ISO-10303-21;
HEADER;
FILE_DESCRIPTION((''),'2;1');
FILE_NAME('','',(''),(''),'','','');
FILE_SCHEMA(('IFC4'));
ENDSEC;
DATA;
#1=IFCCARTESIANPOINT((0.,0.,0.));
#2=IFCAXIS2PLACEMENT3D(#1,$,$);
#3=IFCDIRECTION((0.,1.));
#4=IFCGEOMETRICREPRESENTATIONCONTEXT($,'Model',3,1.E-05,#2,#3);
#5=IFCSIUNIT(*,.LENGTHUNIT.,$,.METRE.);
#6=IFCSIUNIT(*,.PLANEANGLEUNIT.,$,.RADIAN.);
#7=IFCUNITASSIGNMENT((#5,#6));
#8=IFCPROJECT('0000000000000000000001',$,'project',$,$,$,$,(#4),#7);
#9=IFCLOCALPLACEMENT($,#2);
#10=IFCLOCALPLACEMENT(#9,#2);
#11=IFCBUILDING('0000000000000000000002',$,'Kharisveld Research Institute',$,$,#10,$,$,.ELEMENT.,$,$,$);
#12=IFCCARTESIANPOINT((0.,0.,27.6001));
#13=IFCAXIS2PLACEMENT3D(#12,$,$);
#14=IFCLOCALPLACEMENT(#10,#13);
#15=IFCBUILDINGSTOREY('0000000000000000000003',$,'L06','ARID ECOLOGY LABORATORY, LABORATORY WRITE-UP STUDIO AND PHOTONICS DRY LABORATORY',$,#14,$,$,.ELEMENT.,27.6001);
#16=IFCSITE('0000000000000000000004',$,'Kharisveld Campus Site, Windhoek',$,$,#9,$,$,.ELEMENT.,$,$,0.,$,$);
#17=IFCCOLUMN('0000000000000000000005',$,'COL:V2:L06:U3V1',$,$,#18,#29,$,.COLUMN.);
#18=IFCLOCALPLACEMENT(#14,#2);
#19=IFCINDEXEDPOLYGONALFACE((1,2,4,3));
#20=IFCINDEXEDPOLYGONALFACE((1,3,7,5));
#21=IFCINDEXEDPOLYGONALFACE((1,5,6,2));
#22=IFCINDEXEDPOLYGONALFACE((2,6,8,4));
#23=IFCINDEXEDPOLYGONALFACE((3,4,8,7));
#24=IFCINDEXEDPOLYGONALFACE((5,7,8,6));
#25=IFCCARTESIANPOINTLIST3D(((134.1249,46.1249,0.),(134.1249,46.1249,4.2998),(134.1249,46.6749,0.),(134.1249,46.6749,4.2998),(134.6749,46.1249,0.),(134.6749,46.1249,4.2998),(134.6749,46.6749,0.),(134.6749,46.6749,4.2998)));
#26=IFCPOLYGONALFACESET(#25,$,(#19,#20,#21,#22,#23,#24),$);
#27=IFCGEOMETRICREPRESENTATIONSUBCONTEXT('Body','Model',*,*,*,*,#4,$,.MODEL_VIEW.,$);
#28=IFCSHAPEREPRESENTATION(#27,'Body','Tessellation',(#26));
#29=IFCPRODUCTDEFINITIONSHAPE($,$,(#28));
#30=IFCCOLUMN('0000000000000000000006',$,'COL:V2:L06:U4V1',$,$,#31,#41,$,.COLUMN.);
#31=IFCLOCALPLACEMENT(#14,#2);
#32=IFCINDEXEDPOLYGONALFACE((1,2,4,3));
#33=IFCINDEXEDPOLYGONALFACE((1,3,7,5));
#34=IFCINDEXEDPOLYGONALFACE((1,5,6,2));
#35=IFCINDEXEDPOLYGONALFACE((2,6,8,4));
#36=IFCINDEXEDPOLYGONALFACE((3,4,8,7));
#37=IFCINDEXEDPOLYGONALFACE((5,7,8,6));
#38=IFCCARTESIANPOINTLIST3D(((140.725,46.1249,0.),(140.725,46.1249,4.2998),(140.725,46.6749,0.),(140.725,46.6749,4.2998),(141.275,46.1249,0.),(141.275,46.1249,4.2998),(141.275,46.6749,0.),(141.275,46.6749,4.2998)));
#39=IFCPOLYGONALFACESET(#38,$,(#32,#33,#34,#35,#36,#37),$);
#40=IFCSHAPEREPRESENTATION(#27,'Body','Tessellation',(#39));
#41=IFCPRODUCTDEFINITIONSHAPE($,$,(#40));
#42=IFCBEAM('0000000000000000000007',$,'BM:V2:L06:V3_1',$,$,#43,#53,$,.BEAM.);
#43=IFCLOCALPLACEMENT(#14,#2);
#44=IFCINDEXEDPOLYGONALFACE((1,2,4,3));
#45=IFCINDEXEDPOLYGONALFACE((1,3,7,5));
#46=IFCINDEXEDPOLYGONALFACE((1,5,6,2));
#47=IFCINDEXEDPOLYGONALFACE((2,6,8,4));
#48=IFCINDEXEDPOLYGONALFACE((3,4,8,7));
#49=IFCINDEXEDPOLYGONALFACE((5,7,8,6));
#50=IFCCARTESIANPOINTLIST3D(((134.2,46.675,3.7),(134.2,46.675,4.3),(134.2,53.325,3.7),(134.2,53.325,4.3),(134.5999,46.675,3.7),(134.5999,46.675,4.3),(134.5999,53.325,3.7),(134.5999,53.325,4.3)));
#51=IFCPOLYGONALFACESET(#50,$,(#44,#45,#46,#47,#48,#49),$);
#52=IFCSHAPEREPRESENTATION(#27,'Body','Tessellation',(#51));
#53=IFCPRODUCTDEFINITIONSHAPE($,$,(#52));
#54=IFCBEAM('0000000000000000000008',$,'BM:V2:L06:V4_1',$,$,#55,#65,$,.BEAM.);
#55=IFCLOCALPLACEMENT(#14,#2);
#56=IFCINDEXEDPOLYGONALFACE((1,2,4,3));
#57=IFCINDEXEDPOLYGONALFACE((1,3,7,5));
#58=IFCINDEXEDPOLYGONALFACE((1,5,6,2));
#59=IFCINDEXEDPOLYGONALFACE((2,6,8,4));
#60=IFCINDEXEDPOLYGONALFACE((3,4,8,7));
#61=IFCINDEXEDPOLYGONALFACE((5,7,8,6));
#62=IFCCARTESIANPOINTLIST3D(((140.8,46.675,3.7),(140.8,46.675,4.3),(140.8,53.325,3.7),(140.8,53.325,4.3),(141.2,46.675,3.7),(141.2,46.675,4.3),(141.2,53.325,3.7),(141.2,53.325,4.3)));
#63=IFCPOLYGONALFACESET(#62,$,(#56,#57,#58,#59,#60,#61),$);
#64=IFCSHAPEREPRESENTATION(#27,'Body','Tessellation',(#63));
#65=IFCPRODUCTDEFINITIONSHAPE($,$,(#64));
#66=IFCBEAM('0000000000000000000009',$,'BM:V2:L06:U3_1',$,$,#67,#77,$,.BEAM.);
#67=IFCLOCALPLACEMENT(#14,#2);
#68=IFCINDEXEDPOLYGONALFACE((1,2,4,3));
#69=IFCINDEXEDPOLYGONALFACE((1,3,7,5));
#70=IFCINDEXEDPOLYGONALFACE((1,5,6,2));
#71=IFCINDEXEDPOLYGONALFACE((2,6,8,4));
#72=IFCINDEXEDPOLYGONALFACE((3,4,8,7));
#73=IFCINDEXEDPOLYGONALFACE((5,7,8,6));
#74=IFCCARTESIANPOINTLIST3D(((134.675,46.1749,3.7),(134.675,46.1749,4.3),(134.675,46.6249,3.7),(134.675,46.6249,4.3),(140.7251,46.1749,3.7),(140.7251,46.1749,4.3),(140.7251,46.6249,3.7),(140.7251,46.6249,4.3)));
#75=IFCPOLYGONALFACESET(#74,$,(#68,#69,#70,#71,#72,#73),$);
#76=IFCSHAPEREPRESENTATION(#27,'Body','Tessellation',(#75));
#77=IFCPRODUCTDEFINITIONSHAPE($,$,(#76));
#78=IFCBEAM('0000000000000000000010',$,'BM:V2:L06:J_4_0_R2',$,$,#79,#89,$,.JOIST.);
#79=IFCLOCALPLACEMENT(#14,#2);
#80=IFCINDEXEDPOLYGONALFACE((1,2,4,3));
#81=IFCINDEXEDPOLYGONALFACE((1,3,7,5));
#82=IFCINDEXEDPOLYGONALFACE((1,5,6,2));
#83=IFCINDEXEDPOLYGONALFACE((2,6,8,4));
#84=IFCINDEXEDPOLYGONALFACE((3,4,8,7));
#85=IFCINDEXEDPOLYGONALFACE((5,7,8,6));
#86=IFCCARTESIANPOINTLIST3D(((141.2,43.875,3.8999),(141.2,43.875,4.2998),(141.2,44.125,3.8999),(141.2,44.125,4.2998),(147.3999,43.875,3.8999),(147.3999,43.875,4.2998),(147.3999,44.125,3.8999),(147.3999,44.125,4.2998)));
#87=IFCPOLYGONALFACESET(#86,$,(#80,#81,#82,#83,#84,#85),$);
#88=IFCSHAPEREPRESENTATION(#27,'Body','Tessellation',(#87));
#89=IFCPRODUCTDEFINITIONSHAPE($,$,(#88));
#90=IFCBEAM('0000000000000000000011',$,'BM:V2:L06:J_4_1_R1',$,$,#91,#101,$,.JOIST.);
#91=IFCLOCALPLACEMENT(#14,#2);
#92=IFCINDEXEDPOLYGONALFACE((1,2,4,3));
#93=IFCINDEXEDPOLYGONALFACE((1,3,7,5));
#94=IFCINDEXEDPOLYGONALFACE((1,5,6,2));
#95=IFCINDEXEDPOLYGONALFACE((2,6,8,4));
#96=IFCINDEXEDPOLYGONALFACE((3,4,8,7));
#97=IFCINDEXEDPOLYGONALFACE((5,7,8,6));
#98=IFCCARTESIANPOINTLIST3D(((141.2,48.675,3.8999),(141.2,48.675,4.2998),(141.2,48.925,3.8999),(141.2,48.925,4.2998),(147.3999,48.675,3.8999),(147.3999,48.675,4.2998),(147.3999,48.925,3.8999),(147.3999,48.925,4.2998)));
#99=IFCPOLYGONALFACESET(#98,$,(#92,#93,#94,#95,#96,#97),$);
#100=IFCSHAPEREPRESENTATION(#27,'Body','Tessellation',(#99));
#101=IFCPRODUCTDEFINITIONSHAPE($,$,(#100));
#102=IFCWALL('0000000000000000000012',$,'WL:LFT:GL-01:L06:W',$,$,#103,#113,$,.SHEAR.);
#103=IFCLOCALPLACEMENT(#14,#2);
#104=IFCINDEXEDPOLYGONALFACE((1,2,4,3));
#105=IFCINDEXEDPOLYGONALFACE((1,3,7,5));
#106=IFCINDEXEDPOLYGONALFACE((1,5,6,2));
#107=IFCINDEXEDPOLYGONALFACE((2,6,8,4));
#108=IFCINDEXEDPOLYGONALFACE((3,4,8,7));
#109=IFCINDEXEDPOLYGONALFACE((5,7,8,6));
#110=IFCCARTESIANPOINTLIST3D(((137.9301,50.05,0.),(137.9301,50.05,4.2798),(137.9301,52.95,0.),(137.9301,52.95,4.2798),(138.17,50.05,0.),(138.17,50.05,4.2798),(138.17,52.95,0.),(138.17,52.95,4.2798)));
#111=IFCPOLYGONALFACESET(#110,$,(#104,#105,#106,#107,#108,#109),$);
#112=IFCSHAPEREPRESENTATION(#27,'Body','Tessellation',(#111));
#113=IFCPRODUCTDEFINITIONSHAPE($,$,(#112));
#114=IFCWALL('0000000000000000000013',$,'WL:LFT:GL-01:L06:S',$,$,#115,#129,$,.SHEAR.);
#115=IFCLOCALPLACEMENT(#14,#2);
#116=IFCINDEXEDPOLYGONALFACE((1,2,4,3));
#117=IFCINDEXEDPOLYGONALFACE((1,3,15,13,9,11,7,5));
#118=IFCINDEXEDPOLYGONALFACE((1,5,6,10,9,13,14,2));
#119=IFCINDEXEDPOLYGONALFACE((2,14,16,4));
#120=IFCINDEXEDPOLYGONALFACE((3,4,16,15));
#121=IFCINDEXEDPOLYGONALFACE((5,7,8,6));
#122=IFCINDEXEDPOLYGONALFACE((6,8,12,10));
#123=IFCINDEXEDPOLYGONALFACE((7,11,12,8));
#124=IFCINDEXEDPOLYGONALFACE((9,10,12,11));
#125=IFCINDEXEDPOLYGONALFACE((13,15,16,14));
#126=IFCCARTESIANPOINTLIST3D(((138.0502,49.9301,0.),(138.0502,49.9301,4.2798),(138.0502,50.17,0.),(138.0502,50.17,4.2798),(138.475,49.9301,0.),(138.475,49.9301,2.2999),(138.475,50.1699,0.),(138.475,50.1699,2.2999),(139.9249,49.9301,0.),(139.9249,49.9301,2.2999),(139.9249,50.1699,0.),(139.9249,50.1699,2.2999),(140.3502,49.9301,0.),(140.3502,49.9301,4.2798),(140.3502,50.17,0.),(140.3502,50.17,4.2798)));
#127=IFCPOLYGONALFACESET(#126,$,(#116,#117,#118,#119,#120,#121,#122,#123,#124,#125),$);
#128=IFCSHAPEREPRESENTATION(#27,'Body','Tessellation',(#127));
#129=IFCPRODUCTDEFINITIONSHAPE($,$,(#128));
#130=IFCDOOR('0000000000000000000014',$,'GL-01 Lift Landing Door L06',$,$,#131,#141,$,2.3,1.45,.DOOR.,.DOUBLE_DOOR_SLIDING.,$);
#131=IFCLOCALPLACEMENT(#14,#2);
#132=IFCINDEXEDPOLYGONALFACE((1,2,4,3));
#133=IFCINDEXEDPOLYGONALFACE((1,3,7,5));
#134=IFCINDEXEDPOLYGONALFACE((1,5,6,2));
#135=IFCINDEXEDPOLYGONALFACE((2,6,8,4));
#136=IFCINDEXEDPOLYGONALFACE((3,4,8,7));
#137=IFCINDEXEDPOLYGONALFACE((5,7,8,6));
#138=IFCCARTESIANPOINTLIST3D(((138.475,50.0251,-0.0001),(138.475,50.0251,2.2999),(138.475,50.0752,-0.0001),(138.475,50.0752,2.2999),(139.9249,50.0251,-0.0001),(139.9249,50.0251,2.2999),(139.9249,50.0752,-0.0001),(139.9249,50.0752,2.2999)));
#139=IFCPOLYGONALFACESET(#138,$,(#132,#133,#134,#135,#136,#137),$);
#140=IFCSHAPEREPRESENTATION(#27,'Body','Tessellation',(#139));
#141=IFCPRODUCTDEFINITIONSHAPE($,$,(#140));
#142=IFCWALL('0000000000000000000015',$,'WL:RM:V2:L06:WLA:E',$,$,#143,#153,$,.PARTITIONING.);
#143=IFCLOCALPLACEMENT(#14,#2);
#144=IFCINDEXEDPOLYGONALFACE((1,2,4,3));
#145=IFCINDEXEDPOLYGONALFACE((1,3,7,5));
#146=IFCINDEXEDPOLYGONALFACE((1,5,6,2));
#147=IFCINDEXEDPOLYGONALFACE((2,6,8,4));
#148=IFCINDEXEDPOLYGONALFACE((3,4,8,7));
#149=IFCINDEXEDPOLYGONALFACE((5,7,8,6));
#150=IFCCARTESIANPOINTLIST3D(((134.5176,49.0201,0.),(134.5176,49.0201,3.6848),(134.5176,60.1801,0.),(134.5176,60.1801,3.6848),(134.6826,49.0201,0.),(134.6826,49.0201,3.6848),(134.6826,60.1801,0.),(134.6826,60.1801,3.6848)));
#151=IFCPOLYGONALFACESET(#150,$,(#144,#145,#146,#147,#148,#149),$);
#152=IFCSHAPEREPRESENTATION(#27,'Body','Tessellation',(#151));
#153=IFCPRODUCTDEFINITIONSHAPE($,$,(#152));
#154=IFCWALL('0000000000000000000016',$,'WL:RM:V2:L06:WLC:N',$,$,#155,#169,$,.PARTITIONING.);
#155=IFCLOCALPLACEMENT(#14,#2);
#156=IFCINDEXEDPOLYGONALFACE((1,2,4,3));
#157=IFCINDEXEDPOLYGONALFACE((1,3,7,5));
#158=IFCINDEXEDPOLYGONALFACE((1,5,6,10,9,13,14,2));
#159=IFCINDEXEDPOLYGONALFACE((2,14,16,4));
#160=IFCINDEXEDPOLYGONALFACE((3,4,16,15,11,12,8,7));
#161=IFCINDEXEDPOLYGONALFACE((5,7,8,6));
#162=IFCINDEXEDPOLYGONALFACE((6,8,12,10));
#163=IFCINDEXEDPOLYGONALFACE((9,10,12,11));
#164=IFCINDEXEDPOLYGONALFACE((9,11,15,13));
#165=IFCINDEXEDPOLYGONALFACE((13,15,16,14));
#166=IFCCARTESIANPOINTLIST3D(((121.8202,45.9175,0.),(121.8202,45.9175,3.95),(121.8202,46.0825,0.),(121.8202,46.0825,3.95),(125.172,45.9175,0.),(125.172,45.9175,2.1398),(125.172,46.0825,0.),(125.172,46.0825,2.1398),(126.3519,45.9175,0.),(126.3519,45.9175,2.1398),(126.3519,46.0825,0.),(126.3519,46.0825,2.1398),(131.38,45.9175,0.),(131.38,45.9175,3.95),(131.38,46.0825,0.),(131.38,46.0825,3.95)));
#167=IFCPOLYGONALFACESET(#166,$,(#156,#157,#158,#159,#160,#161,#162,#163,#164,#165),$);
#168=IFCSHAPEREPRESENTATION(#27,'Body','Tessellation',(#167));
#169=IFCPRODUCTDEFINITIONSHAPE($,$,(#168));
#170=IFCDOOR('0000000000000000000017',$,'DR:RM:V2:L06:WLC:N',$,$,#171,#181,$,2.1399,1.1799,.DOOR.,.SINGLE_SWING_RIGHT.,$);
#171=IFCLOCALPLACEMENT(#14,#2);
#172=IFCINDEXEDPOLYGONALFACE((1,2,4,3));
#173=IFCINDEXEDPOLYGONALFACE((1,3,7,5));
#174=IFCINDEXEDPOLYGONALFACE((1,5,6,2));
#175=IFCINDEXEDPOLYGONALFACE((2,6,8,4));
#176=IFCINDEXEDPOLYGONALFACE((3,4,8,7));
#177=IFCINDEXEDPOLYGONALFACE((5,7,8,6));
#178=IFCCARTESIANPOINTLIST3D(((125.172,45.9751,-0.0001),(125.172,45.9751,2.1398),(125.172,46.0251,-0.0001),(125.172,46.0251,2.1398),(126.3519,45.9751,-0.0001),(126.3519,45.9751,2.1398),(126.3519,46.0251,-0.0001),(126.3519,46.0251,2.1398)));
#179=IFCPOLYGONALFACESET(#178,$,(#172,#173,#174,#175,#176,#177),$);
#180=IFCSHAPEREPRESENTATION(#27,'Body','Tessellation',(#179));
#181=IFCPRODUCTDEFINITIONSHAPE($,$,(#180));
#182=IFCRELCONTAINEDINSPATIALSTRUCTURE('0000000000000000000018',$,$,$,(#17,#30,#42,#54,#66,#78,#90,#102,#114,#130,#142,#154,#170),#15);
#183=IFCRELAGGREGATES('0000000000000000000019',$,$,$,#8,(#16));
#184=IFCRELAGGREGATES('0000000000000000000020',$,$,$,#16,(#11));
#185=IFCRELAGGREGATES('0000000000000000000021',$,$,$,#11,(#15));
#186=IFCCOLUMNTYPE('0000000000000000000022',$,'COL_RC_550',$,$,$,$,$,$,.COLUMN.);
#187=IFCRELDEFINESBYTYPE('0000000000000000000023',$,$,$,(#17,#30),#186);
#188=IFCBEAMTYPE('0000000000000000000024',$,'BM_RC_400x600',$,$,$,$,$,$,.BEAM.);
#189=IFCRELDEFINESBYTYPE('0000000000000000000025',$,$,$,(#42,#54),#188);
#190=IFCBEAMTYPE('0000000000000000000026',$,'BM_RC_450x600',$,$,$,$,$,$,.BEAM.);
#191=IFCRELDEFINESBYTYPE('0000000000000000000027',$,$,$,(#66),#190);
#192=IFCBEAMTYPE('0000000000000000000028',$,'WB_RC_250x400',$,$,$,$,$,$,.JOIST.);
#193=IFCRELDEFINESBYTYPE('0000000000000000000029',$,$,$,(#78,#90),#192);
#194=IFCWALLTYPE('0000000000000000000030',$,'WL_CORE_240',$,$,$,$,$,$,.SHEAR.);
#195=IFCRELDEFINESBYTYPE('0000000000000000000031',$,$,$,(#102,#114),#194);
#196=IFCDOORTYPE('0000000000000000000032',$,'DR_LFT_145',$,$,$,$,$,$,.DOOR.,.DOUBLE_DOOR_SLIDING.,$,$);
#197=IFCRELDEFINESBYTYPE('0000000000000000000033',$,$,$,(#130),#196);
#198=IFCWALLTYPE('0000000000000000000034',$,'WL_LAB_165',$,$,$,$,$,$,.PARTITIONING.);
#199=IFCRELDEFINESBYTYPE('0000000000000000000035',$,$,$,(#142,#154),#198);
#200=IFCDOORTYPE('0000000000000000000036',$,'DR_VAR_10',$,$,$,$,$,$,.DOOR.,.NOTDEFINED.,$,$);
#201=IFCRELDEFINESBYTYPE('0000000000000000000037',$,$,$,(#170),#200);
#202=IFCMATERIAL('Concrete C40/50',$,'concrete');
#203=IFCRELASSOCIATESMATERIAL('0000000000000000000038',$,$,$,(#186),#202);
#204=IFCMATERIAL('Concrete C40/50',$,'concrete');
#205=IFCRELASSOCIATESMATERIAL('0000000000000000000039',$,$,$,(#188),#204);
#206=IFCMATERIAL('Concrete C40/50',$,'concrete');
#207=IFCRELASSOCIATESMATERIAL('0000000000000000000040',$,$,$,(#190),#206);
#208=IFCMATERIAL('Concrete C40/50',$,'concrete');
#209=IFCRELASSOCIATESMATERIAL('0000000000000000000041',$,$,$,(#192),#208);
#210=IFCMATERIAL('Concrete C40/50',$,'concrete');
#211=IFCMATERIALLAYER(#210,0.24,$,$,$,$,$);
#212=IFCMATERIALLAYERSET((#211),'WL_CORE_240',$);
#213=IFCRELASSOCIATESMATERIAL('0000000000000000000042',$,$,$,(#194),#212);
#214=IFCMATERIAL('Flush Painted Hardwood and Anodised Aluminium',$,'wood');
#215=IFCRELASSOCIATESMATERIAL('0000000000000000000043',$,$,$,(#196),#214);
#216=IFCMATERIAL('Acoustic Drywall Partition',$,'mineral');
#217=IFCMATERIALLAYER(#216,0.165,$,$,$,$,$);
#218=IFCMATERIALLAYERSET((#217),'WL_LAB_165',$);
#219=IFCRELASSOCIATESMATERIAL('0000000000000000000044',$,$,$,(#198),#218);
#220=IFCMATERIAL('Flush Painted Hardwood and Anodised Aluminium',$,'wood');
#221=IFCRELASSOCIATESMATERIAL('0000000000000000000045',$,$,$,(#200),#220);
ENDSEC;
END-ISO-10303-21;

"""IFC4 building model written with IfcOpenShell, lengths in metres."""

from ifc_helpers import new_model, si_unit, direction, frame, frame_2d, origin, origin_2d, place, context, subcontext, project, spatial, rectangle, extrude, material, layer, layer_set, material_profile, profile_set, type_object, element, fill, save


model = new_model("IFC4")

# Units and contexts
model_context = context("Model", 3, precision=1e-05, world=origin(), true_north=direction((0.0, 1.0)))
body_context = subcontext(model_context, "Body", "Model", "MODEL_VIEW")
ifc_project = project(units=[si_unit("LENGTHUNIT", "METRE"), si_unit("PLANEANGLEUNIT", "RADIAN")], contexts=[model_context])

# Site, building, storey
site_placement = place(None, origin())
site = spatial("IfcSite", under=ifc_project, at=site_placement, Name="Kharisveld Campus Site, Windhoek", CompositionType="ELEMENT", RefElevation=0.0)
building_placement = place(site_placement, origin())
building = spatial("IfcBuilding", under=site, at=building_placement, Name="Kharisveld Research Institute", CompositionType="ELEMENT")
storey_placement = place(building_placement, frame((0.0, 0.0, 27.6001)))
storey = spatial("IfcBuildingStorey", under=building, at=storey_placement, Name="L06", Description="ARID ECOLOGY LABORATORY, LABORATORY WRITE-UP STUDIO AND PHOTONICS DRY LABORATORY", CompositionType="ELEMENT", Elevation=27.6001)

# Columns
ifc_material_1 = material(Name="Concrete C40/50", Category="concrete")
ifc_material_profile_1 = material_profile(ifc_material_1, rectangle(XDim=0.55, YDim=0.55, at=origin_2d()))
ifc_profile_set_1 = profile_set([ifc_material_profile_1], Name="Concrete C40/50")
column_type = type_object("IfcColumnType", Name="COL_RC_550", PredefinedType="COLUMN", material=ifc_profile_set_1)
for number, where, z_axis, x_axis, name in (
    (1, (134.3999, 46.3999, 0.0), (0.0, 0.0, 1.0), (1.0, 0.0, 0.0), "COL:V2:L06:U3V1"),
    (2, (141.0, 46.3999, 0.0), (0.0, 0.0, 1.0), (1.0, 0.0, 0.0), "COL:V2:L06:U4V1"),
):
    element("IfcColumn", number, at=place(storey_placement, frame(where, z_axis=z_axis, x_axis=x_axis)), inside=storey, type_object=column_type, Name=name, PredefinedType="COLUMN", context=body_context, shape_type="SweptSolid", body=[
        extrude(rectangle(XDim=0.55, YDim=0.55, at=origin_2d()), origin(), (0.0, 0.0, 1.0), 4.2998),
    ])

# Beams
ifc_material_2 = material(Name="Concrete C40/50", Category="concrete")
ifc_material_profile_2 = material_profile(ifc_material_2, rectangle(XDim=0.3999, YDim=0.6001, at=origin_2d()))
ifc_profile_set_2 = profile_set([ifc_material_profile_2], Name="Concrete C40/50")
beam_type_1 = type_object("IfcBeamType", Name="BM_RC_400x600", PredefinedType="BEAM", material=ifc_profile_set_2)
for number, where, z_axis, x_axis, name in (
    (3, (134.3999, 46.675, 4.0), (0.0, 1.0, 0.0), (-1.0, 0.0, 0.0), "BM:V2:L06:V3_1"),
    (4, (141.0, 46.675, 4.0), (0.0, 1.0, 0.0), (-1.0, 0.0, 0.0), "BM:V2:L06:V4_1"),
):
    element("IfcBeam", number, at=place(storey_placement, frame(where, z_axis=z_axis, x_axis=x_axis)), inside=storey, type_object=beam_type_1, Name=name, PredefinedType="BEAM", context=body_context, shape_type="SweptSolid", body=[
        extrude(rectangle(XDim=0.3999, YDim=0.6001, at=origin_2d()), origin(), (0.0, 0.0, 1.0), 6.6499),
    ])
ifc_material_3 = material(Name="Concrete C40/50", Category="concrete")
ifc_material_profile_3 = material_profile(ifc_material_3, rectangle(XDim=0.45, YDim=0.6001, at=origin_2d()))
ifc_profile_set_3 = profile_set([ifc_material_profile_3], Name="Concrete C40/50")
beam_type_2 = type_object("IfcBeamType", Name="BM_RC_450x600", PredefinedType="BEAM", material=ifc_profile_set_3)
beam_placement = place(storey_placement, frame((134.675, 46.3999, 4.0), z_axis=(1.0, 0.0, 0.0), x_axis=(0.0, 1.0, 0.0)))
element("IfcBeam", 5, at=beam_placement, inside=storey, type_object=beam_type_2, Name="BM:V2:L06:U3_1", PredefinedType="BEAM", context=body_context, shape_type="SweptSolid", body=[
    extrude(rectangle(XDim=0.45, YDim=0.6001, at=origin_2d()), origin(), (0.0, 0.0, 1.0), 6.05),
])
ifc_material_4 = material(Name="Concrete C40/50", Category="concrete")
ifc_material_profile_4 = material_profile(ifc_material_4, rectangle(XDim=0.25, YDim=0.3999, at=origin_2d()))
ifc_profile_set_4 = profile_set([ifc_material_profile_4], Name="Concrete C40/50")
beam_type_3 = type_object("IfcBeamType", Name="WB_RC_250x400", PredefinedType="JOIST", material=ifc_profile_set_4)
for number, where, z_axis, x_axis, name in (
    (6, (141.2, 44.0, 4.0999), (1.0, 0.0, 0.0), (0.0, 1.0, 0.0), "BM:V2:L06:J_4_0_R2"),
    (7, (141.2, 48.8, 4.0999), (1.0, 0.0, 0.0), (0.0, 1.0, 0.0), "BM:V2:L06:J_4_1_R1"),
):
    element("IfcBeam", number, at=place(storey_placement, frame(where, z_axis=z_axis, x_axis=x_axis)), inside=storey, type_object=beam_type_3, Name=name, PredefinedType="JOIST", context=body_context, shape_type="SweptSolid", body=[
        extrude(rectangle(XDim=0.25, YDim=0.3999, at=origin_2d()), origin(), (0.0, 0.0, 1.0), 6.2),
    ])

# Wall
ifc_material_5 = material(Name="Concrete C40/50", Category="concrete")
ifc_layer_1 = layer(ifc_material_5, 0.24)
ifc_layer_set_1 = layer_set([ifc_layer_1], Name="WL_CORE_240")
wall_type_1 = type_object("IfcWallType", Name="WL_CORE_240", PredefinedType="SHEAR", material=ifc_layer_set_1)
wall_1_placement = place(storey_placement, frame((138.05, 50.05, 0.0), z_axis=(0.0, 0.0, 1.0), x_axis=(0.0, 1.0, 0.0)))
element("IfcWall", 8, at=wall_1_placement, inside=storey, type_object=wall_type_1, Name="WL:LFT:GL-01:L06:W", PredefinedType="SHEAR", context=body_context, shape_type="SweptSolid", body=[
    extrude(rectangle(XDim=2.8999, YDim=0.24, at=frame_2d((1.45, 0.0))), origin(), (0.0, 0.0, 1.0), 4.2798),
])

# Wall, opening, door
wall_2_placement = place(storey_placement, frame((140.3501, 50.05, 0.0), z_axis=(0.0, 0.0, 1.0), x_axis=(-1.0, 0.0, 0.0)))
wall_2 = element("IfcWall", 9, at=wall_2_placement, inside=storey, type_object=wall_type_1, Name="WL:LFT:GL-01:L06:S", PredefinedType="SHEAR", context=body_context, shape_type="SweptSolid", body=[
    extrude(rectangle(XDim=2.3, YDim=0.24, at=frame_2d((1.1499, 0.0))), origin(), (0.0, 0.0, 1.0), 4.2798),
])
opening_1_placement = place(wall_2_placement, frame((0.425, 0.0, 0.0)))
opening_1 = element("IfcOpeningElement", 10, at=opening_1_placement, cuts=wall_2, PredefinedType="OPENING", context=body_context, shape_type="SweptSolid", body=[
    extrude(rectangle(XDim=1.45, YDim=2.3, at=frame_2d((0.7251, 1.1499))), frame((0.0, 0.1201, 0.0), z_axis=(0.0, -1.0, 0.0), x_axis=(1.0, 0.0, 0.0)), (0.0, 0.0, 1.0), 0.24),
])
ifc_material_6 = material(Name="Flush Painted Hardwood and Anodised Aluminium", Category="wood")
door_type_1 = type_object("IfcDoorType", Name="DR_LFT_145", OperationType="DOUBLE_DOOR_SLIDING", PredefinedType="DOOR", material=ifc_material_6)
door_1_placement = place(opening_1_placement, origin())
door_1 = element("IfcDoor", 11, at=door_1_placement, inside=storey, type_object=door_type_1, Name="GL-01 Lift Landing Door L06", OperationType="DOUBLE_DOOR_SLIDING", OverallHeight=2.3, OverallWidth=1.45, PredefinedType="DOOR", context=body_context, shape_type="SweptSolid", body=[
    extrude(rectangle(XDim=1.45, YDim=2.3, at=frame_2d((0.7251, 1.1499))), frame((0.0, 0.0249, 0.0), z_axis=(0.0, -1.0, 0.0), x_axis=(1.0, 0.0, 0.0)), (0.0, 0.0, 1.0), 0.05),
])
fill(opening_1, door_1)

# Wall
ifc_material_7 = material(Name="Acoustic Drywall Partition", Category="mineral")
ifc_layer_2 = layer(ifc_material_7, 0.165)
ifc_layer_set_2 = layer_set([ifc_layer_2], Name="WL_LAB_165")
wall_type_2 = type_object("IfcWallType", Name="WL_LAB_165", PredefinedType="PARTITIONING", material=ifc_layer_set_2)
wall_3_placement = place(storey_placement, frame((134.6001, 49.02, 0.0), z_axis=(0.0, 0.0, 1.0), x_axis=(0.0, 1.0, 0.0)))
element("IfcWall", 12, at=wall_3_placement, inside=storey, type_object=wall_type_2, Name="WL:RM:V2:L06:WLA:E", PredefinedType="PARTITIONING", context=body_context, shape_type="SweptSolid", body=[
    extrude(rectangle(XDim=11.1599, YDim=0.165, at=frame_2d((5.5801, 0.0))), origin(), (0.0, 0.0, 1.0), 3.6848),
])

# Wall, opening, door
wall_4_placement = place(storey_placement, frame((131.3799, 46.0, 0.0), z_axis=(0.0, 0.0, 1.0), x_axis=(-1.0, 0.0, 0.0)))
wall_4 = element("IfcWall", 13, at=wall_4_placement, inside=storey, type_object=wall_type_2, Name="WL:RM:V2:L06:WLC:N", PredefinedType="PARTITIONING", context=body_context, shape_type="SweptSolid", body=[
    extrude(rectangle(XDim=9.5598, YDim=0.165, at=frame_2d((4.7798, 0.0))), origin(), (0.0, 0.0, 1.0), 3.95),
])
opening_2_placement = place(wall_4_placement, frame((5.0281, 0.0, 0.0)))
opening_2 = element("IfcOpeningElement", 14, at=opening_2_placement, cuts=wall_4, PredefinedType="OPENING", context=body_context, shape_type="SweptSolid", body=[
    extrude(rectangle(XDim=1.1799, YDim=2.1399, at=frame_2d((0.5898, 1.0698))), frame((0.0, 0.0825, 0.0), z_axis=(0.0, -1.0, 0.0), x_axis=(1.0, 0.0, 0.0)), (0.0, 0.0, 1.0), 0.165),
])
ifc_material_8 = material(Name="Flush Painted Hardwood and Anodised Aluminium", Category="wood")
door_type_2 = type_object("IfcDoorType", Name="DR_VAR_10", OperationType="NOTDEFINED", PredefinedType="DOOR", material=ifc_material_8)
door_2_placement = place(opening_2_placement, origin())
door_2 = element("IfcDoor", 15, at=door_2_placement, inside=storey, type_object=door_type_2, Name="DR:RM:V2:L06:WLC:N", OperationType="SINGLE_SWING_RIGHT", OverallHeight=2.1399, OverallWidth=1.1799, PredefinedType="DOOR", context=body_context, shape_type="SweptSolid", body=[
    extrude(rectangle(XDim=1.1799, YDim=2.1399, at=frame_2d((0.5898, 1.0698))), frame((0.0, 0.0249, 0.0), z_axis=(0.0, -1.0, 0.0), x_axis=(1.0, 0.0, 0.0)), (0.0, 0.0, 1.0), 0.05),
])
fill(opening_2, door_2)

save(model, "model.ifc")
